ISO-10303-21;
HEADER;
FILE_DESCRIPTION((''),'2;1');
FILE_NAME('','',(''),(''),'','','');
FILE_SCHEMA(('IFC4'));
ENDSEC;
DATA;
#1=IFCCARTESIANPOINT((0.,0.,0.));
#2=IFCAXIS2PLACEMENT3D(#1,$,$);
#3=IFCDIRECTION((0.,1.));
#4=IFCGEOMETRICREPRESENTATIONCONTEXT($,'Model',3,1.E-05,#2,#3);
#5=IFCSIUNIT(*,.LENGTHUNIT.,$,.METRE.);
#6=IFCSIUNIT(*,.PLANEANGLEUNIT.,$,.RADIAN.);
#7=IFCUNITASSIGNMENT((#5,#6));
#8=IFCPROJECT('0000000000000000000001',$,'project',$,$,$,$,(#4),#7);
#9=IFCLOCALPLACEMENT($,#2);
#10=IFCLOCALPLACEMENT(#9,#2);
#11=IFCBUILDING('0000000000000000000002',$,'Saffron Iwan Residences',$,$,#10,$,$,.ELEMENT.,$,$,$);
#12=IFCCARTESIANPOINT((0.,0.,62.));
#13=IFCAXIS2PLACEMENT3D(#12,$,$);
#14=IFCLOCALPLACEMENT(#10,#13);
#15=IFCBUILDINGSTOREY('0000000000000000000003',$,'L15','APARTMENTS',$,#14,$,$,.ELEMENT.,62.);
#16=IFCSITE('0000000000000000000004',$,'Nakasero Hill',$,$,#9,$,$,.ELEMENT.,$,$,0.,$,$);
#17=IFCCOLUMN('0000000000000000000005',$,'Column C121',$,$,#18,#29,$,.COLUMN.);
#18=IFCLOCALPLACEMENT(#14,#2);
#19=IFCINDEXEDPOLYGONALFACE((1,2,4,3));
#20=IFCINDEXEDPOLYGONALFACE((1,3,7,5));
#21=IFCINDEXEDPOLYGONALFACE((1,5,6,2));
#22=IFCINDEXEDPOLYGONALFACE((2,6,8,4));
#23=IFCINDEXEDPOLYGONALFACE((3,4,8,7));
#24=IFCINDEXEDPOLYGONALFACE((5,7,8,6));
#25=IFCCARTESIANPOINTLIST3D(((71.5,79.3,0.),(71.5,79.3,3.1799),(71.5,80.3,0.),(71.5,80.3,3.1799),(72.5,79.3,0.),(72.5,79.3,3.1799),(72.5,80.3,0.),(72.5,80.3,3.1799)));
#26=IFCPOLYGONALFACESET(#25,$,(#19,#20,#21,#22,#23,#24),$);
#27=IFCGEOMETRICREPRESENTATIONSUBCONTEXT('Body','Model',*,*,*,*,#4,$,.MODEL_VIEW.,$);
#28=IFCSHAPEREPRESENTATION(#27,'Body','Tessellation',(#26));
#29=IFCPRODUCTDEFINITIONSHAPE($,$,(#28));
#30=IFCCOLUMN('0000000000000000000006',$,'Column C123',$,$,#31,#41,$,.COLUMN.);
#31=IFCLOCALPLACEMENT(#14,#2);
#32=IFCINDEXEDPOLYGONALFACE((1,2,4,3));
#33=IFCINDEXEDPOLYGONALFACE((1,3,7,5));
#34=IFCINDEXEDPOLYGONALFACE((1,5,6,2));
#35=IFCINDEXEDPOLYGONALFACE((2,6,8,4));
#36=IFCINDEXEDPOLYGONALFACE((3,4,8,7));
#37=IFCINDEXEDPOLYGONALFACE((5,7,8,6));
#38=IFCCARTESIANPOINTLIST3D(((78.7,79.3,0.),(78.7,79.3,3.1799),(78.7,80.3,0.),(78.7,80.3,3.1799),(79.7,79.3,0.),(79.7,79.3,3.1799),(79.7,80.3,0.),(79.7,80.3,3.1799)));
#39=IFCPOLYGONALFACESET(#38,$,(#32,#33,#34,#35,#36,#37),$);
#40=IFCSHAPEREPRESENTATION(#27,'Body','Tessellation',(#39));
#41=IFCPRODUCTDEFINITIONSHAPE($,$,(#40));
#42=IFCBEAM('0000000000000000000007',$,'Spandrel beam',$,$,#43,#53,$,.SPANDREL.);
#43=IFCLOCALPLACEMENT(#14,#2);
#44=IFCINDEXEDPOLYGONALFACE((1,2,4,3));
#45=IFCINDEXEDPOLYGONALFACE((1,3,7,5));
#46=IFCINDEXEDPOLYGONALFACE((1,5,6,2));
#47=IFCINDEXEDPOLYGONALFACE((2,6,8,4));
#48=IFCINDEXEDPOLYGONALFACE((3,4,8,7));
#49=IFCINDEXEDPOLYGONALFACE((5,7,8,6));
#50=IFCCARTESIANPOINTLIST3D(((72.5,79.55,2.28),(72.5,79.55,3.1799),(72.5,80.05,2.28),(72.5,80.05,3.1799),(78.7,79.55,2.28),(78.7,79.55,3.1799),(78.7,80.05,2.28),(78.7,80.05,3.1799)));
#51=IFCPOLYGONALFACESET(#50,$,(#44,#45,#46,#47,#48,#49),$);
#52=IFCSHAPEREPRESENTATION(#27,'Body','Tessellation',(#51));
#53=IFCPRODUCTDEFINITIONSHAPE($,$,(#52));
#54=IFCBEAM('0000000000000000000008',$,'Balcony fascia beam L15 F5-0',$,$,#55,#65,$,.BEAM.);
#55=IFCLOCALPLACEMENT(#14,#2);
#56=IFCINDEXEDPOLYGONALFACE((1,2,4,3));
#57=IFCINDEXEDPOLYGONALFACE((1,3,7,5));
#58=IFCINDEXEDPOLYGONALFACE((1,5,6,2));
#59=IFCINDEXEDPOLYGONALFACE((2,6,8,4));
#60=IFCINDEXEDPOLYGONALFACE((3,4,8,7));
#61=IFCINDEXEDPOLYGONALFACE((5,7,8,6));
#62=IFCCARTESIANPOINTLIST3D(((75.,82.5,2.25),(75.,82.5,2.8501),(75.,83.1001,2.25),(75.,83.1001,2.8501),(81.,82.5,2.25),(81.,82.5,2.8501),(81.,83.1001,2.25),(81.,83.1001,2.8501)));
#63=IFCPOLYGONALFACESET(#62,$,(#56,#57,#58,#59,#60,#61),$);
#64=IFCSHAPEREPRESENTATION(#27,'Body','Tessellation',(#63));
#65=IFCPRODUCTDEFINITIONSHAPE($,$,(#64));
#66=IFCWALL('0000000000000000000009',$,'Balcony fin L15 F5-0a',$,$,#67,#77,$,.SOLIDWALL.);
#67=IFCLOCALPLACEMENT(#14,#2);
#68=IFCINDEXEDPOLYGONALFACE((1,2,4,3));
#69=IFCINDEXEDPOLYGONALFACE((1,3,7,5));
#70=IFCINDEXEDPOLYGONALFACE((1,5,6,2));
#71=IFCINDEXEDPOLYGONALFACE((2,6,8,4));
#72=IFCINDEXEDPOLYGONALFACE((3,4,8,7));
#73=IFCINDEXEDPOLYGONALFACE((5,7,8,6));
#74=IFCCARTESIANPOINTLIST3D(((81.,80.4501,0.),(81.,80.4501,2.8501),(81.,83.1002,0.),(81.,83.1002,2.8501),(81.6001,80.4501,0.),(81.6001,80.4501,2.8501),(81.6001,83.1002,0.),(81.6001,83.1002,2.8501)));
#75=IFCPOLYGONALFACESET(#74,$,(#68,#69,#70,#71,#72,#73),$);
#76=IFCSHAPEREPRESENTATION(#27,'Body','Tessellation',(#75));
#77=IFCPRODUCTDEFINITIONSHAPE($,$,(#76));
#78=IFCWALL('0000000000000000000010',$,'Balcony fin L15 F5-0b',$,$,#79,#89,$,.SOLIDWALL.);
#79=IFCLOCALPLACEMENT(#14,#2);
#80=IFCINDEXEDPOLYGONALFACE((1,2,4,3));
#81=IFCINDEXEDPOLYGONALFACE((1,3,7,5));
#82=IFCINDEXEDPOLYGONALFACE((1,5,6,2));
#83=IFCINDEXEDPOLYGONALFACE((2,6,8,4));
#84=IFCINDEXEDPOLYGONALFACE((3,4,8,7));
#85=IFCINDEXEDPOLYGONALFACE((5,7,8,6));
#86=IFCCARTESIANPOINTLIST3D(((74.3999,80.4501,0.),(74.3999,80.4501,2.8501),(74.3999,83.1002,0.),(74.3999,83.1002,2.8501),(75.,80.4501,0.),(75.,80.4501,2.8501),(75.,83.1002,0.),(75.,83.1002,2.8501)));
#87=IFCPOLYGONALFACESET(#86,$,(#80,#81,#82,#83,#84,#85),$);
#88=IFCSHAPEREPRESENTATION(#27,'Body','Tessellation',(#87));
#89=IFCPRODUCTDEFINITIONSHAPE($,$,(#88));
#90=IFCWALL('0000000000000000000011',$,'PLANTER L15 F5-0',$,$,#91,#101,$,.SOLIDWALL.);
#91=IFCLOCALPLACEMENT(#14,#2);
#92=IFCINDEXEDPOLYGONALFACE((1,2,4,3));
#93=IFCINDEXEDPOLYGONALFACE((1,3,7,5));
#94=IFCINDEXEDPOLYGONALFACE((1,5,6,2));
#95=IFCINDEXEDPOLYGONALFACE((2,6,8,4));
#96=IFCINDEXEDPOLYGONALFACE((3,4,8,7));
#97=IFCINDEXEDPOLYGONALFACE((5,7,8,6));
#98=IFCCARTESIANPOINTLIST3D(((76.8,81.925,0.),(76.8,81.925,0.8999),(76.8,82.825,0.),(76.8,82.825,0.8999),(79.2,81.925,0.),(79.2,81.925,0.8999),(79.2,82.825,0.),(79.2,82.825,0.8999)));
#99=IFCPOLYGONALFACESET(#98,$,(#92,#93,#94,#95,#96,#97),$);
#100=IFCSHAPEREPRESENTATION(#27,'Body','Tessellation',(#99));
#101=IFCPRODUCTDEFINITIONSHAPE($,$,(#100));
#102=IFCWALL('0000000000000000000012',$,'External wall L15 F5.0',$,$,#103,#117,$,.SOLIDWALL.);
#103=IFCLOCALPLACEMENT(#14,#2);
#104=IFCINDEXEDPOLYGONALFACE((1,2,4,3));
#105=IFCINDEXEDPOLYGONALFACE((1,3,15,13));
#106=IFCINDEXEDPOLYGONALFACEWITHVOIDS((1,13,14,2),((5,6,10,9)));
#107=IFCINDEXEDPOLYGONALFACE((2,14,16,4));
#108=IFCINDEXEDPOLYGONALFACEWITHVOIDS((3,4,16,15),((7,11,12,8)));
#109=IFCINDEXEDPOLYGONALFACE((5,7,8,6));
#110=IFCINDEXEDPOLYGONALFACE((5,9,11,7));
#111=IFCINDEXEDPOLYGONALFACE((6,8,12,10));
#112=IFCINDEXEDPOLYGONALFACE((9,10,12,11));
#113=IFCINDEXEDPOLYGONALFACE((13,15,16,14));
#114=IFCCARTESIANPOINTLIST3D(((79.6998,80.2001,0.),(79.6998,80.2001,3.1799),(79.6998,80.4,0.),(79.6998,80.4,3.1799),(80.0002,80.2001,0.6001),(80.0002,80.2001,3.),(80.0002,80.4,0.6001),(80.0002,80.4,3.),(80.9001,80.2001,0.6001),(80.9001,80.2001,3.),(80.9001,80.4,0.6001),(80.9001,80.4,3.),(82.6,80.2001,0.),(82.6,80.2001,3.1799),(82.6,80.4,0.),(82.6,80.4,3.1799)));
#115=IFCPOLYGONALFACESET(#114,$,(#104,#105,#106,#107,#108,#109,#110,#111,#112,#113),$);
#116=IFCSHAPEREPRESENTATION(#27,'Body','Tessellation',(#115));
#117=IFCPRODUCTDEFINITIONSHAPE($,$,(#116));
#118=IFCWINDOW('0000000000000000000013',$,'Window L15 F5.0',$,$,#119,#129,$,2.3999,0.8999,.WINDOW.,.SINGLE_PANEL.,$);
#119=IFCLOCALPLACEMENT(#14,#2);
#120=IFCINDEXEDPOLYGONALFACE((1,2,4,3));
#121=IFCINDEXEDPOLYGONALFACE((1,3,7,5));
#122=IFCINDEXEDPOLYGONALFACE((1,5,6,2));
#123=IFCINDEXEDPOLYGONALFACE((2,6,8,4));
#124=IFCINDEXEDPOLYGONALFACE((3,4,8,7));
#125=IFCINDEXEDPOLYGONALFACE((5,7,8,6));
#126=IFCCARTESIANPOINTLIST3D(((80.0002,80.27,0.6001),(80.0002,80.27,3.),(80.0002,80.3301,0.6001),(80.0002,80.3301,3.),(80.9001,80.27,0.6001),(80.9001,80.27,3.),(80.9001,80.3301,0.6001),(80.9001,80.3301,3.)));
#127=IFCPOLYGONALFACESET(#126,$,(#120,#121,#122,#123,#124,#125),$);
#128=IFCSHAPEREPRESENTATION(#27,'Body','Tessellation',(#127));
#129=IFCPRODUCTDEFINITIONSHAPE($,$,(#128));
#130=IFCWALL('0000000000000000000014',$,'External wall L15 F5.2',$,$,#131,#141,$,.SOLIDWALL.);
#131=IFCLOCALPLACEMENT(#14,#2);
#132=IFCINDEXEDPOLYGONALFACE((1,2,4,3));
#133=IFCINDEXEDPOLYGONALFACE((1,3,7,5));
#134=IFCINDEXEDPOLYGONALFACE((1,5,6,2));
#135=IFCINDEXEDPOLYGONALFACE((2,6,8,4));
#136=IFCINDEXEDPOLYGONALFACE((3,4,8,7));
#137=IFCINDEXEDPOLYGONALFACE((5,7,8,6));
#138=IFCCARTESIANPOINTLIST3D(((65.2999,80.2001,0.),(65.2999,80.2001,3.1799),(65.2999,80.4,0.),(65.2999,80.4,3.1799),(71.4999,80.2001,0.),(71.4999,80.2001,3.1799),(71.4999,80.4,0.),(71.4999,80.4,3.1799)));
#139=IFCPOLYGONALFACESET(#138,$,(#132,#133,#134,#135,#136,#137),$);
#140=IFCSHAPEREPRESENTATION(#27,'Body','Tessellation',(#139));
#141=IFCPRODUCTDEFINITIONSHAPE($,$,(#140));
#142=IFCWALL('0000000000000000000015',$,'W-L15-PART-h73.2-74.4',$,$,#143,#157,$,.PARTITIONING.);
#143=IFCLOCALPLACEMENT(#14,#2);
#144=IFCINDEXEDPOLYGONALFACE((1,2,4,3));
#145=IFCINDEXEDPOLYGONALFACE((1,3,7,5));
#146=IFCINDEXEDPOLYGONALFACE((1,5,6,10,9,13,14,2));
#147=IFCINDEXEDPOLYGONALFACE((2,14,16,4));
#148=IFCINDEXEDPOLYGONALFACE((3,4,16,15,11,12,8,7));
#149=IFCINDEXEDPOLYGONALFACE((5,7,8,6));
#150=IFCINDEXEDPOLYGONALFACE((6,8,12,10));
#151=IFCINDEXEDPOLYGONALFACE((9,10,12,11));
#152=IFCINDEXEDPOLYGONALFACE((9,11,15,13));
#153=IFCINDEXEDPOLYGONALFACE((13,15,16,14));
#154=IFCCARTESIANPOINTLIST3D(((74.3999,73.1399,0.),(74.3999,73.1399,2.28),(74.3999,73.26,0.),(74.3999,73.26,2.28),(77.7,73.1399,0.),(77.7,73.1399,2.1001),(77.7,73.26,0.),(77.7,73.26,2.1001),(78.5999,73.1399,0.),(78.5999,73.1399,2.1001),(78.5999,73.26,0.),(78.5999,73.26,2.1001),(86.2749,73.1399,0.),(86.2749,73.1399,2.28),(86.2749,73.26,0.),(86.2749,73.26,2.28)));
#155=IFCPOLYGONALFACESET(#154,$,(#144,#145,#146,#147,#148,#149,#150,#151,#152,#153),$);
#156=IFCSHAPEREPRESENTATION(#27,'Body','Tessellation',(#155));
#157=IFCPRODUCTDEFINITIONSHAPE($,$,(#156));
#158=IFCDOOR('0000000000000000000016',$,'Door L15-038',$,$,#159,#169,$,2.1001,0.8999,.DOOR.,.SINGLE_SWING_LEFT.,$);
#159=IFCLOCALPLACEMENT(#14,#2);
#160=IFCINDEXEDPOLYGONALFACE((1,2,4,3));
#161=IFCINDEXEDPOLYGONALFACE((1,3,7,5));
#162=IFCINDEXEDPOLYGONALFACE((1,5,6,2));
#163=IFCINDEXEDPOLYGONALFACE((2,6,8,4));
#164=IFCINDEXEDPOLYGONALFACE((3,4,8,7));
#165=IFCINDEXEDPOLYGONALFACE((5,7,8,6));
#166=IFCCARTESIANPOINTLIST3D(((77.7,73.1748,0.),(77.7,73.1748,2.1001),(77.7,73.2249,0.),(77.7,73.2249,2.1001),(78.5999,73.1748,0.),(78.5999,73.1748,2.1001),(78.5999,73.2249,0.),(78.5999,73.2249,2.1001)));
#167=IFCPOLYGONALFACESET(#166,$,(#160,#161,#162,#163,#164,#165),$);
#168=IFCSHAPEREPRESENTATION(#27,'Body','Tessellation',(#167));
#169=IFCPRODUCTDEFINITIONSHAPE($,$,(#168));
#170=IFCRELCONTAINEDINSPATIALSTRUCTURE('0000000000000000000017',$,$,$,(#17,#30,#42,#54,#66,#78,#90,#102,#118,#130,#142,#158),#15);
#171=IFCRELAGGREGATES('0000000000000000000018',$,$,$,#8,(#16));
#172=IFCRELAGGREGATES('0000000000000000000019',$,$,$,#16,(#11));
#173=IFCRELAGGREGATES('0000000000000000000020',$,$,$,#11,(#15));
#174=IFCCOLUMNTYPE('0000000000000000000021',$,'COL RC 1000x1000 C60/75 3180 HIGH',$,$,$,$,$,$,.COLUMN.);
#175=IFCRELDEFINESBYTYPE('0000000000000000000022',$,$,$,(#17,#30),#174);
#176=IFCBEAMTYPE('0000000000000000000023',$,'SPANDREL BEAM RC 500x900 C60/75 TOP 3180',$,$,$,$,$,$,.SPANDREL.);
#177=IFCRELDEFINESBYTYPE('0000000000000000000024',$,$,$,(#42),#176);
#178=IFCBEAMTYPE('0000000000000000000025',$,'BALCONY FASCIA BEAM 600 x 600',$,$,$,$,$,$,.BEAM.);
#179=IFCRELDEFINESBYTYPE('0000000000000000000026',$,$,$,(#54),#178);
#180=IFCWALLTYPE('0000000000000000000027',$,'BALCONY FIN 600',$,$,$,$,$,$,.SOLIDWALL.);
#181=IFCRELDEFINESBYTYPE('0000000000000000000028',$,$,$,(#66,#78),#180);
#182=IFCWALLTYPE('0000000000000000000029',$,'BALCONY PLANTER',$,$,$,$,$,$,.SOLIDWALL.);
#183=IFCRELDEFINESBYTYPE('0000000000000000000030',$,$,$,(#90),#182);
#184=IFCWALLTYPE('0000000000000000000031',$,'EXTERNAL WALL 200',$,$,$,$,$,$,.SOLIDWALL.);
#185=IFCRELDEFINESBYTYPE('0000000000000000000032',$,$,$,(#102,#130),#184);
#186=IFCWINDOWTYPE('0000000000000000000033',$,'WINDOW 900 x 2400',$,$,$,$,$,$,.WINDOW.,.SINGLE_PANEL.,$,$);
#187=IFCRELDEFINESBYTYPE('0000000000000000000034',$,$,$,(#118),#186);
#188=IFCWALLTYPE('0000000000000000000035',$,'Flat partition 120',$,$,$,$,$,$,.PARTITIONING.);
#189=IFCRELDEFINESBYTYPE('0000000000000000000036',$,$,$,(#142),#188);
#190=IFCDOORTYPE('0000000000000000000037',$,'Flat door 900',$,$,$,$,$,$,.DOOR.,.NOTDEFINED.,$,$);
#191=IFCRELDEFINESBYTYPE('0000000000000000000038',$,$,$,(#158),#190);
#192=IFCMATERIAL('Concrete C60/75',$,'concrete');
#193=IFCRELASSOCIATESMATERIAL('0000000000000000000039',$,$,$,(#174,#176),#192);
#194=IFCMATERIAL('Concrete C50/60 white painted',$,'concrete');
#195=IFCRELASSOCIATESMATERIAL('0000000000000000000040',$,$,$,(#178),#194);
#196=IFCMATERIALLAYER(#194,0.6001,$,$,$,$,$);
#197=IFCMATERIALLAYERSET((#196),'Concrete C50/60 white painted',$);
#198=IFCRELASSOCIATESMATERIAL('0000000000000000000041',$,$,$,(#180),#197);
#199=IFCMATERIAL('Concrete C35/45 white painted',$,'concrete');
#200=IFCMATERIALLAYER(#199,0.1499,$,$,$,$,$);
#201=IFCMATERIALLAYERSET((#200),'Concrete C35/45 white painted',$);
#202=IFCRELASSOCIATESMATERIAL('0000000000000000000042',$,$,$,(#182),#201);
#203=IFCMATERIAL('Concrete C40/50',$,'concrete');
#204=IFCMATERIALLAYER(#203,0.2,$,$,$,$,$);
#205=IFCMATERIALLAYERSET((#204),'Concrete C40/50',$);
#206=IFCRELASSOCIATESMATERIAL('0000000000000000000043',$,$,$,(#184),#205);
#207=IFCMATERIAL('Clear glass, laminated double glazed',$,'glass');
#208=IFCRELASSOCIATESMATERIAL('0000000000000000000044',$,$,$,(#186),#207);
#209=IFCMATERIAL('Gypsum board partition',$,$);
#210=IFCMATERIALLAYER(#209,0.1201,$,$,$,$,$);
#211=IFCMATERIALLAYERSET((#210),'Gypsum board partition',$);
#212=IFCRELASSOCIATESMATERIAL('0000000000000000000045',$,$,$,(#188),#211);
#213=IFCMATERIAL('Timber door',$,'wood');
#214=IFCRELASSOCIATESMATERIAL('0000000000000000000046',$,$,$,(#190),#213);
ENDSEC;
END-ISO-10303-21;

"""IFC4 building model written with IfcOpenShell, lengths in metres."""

from ifc_helpers import new_model, si_unit, direction, frame, frame_2d, origin, origin_2d, place, context, subcontext, project, spatial, rectangle, extrude, source, transform, mapped, material, layer, layer_set, material_profile, profile_set, type_object, element, fill, save


model = new_model("IFC4")

# Units and contexts
model_context = context("Model", 3, precision=1e-05, world=origin(), true_north=direction((0.0, 1.0)))
body_context = subcontext(model_context, "Body", "Model", "MODEL_VIEW")
ifc_project = project(units=[si_unit("LENGTHUNIT", "METRE"), si_unit("PLANEANGLEUNIT", "RADIAN")], contexts=[model_context])

# Site, building, storey
site_placement = place(None, origin())
site = spatial("IfcSite", under=ifc_project, at=site_placement, Name="Nakasero Hill", CompositionType="ELEMENT", RefElevation=0.0)
building_placement = place(site_placement, origin())
building = spatial("IfcBuilding", under=site, at=building_placement, Name="Saffron Iwan Residences", CompositionType="ELEMENT")
storey_placement = place(building_placement, frame((0.0, 0.0, 62.0)))
storey = spatial("IfcBuildingStorey", under=building, at=storey_placement, Name="L15", Description="APARTMENTS", CompositionType="ELEMENT", Elevation=62.0)

# Columns
ifc_material_1 = material(Name="Concrete C60/75", Category="concrete")
ifc_material_profile_1 = material_profile(ifc_material_1, rectangle(XDim=1.0, YDim=1.0, at=origin_2d()), Name="RC 1000x1000")
ifc_profile_set_1 = profile_set([ifc_material_profile_1], Name="Concrete C60/75")
column_type = type_object("IfcColumnType", Name="COL RC 1000x1000 C60/75 3180 HIGH", PredefinedType="COLUMN", material=ifc_profile_set_1)
shared_shape_1 = source(origin(), body_context, "Body", "SweptSolid", [
    extrude(rectangle(XDim=1.0, YDim=1.0, at=origin_2d()), origin(), (0.0, 0.0, 1.0), 3.1799),
])
for number, where, z_axis, x_axis, name in (
    (1, (72.0, 79.8, 0.0), (0.0, 0.0, 1.0), (1.0, 0.0, 0.0), "Column C121"),
    (2, (79.2, 79.8, 0.0), (0.0, 0.0, 1.0), (1.0, 0.0, 0.0), "Column C123"),
):
    element("IfcColumn", number, at=place(storey_placement, frame(where, z_axis=z_axis, x_axis=x_axis)), inside=storey, type_object=column_type, Name=name, PredefinedType="COLUMN", context=body_context, shape_type="MappedRepresentation", body=[
        mapped(shared_shape_1, transform((0.0, 0.0, 0.0))),
    ])

# Beams
ifc_material_profile_2 = material_profile(ifc_material_1, rectangle(XDim=0.5, YDim=0.8999, at=origin_2d()), Name="RC 500x900")
ifc_profile_set_2 = profile_set([ifc_material_profile_2], Name="Concrete C60/75")
beam_type_1 = type_object("IfcBeamType", Name="SPANDREL BEAM RC 500x900 C60/75 TOP 3180", PredefinedType="SPANDREL", material=ifc_profile_set_2)
shared_shape_2 = source(origin(), body_context, "Body", "SweptSolid", [
    extrude(rectangle(XDim=0.5, YDim=0.8999, at=origin_2d()), origin(), (0.0, 0.0, 1.0), 6.2),
])
beam_1_placement = place(storey_placement, frame((72.5, 79.8, 2.73), z_axis=(1.0, 0.0, 0.0), x_axis=(0.0, 1.0, 0.0)))
element("IfcBeam", 3, at=beam_1_placement, inside=storey, type_object=beam_type_1, Name="Spandrel beam", PredefinedType="SPANDREL", context=body_context, shape_type="MappedRepresentation", body=[
    mapped(shared_shape_2, transform((0.0, 0.0, 0.0))),
])
ifc_material_2 = material(Name="Concrete C50/60 white painted", Category="concrete")
ifc_material_profile_3 = material_profile(ifc_material_2, rectangle(XDim=0.6001, YDim=0.6001, at=origin_2d()), Name="BALCONY FASCIA BEAM 600 x 600")
ifc_profile_set_3 = profile_set([ifc_material_profile_3], Name="Concrete C50/60 white painted")
beam_type_2 = type_object("IfcBeamType", Name="BALCONY FASCIA BEAM 600 x 600", PredefinedType="BEAM", material=ifc_profile_set_3)
shared_shape_3 = source(origin(), body_context, "Body", "SweptSolid", [
    extrude(rectangle(XDim=0.6001, YDim=0.6001, at=origin_2d()), origin(), (0.0, 0.0, 1.0), 6.0),
])
beam_2_placement = place(storey_placement, frame((81.0, 82.8, 2.55), z_axis=(-1.0, 0.0, 0.0), x_axis=(0.0, -1.0, 0.0)))
element("IfcBeam", 4, at=beam_2_placement, inside=storey, type_object=beam_type_2, Name="Balcony fascia beam L15 F5-0", PredefinedType="BEAM", context=body_context, shape_type="MappedRepresentation", body=[
    mapped(shared_shape_3, transform((0.0, 0.0, 0.0))),
])

# Walls
ifc_layer_1 = layer(ifc_material_2, 0.6001)
ifc_layer_set_1 = layer_set([ifc_layer_1], Name="Concrete C50/60 white painted")
wall_type_1 = type_object("IfcWallType", Name="BALCONY FIN 600", PredefinedType="SOLIDWALL", material=ifc_layer_set_1)
for number, where, z_axis, x_axis, name in (
    (5, (81.3, 80.45, 0.0), (0.0, 0.0, 1.0), (0.0, 1.0, 0.0), "Balcony fin L15 F5-0a"),
    (6, (74.7, 80.45, 0.0), (0.0, 0.0, 1.0), (0.0, 1.0, 0.0), "Balcony fin L15 F5-0b"),
):
    element("IfcWall", number, at=place(storey_placement, frame(where, z_axis=z_axis, x_axis=x_axis)), inside=storey, type_object=wall_type_1, Name=name, PredefinedType="SOLIDWALL", context=body_context, shape_type="SweptSolid", body=[
        extrude(rectangle(XDim=2.6501, YDim=0.6001, at=frame_2d((1.3252, 0.0))), origin(), (0.0, 0.0, 1.0), 2.8501),
    ])
ifc_material_3 = material(Name="Concrete C35/45 white painted", Category="concrete")
ifc_layer_2 = layer(ifc_material_3, 0.1499)
ifc_layer_set_2 = layer_set([ifc_layer_2], Name="Concrete C35/45 white painted")
wall_type_2 = type_object("IfcWallType", Name="BALCONY PLANTER", PredefinedType="SOLIDWALL", material=ifc_layer_set_2)
wall_1_placement = place(storey_placement, frame((79.2, 82.375, 0.0), z_axis=(0.0, 0.0, 1.0), x_axis=(-1.0, 0.0, 0.0)))
element("IfcWall", 7, at=wall_1_placement, inside=storey, type_object=wall_type_2, Name="PLANTER L15 F5-0", PredefinedType="SOLIDWALL", context=body_context, shape_type="SweptSolid", body=[
    extrude(rectangle(XDim=2.3999, YDim=0.8999, at=frame_2d((1.2, 0.0))), origin(), (0.0, 0.0, 1.0), 0.8999),
])

# Wall, opening, window
ifc_material_4 = material(Name="Concrete C40/50", Category="concrete")
ifc_layer_3 = layer(ifc_material_4, 0.2)
ifc_layer_set_3 = layer_set([ifc_layer_3], Name="Concrete C40/50")
wall_type_3 = type_object("IfcWallType", Name="EXTERNAL WALL 200", PredefinedType="SOLIDWALL", material=ifc_layer_set_3)
wall_2_placement = place(storey_placement, frame((82.6001, 80.3, 0.0), z_axis=(0.0, 0.0, 1.0), x_axis=(-1.0, 0.0, 0.0)))
wall_2 = element("IfcWall", 8, at=wall_2_placement, inside=storey, type_object=wall_type_3, Name="External wall L15 F5.0", PredefinedType="SOLIDWALL", context=body_context, shape_type="SweptSolid", body=[
    extrude(rectangle(XDim=2.9001, YDim=0.2, at=frame_2d((1.4502, 0.0))), origin(), (0.0, 0.0, 1.0), 3.1799),
])
opening_1_placement = place(wall_2_placement, frame((1.7, 0.0, 0.6001)))
opening_1 = element("IfcOpeningElement", 9, at=opening_1_placement, cuts=wall_2, PredefinedType="OPENING", context=body_context, shape_type="SweptSolid", body=[
    extrude(rectangle(XDim=0.8999, YDim=2.3999, at=frame_2d((0.45, 1.2))), frame((0.0, 0.1099, 0.0), z_axis=(0.0, -1.0, 0.0), x_axis=(1.0, 0.0, 0.0)), (0.0, 0.0, 1.0), 0.22),
])
ifc_material_5 = material(Name="Clear glass, laminated double glazed", Category="glass")
window_type_1 = type_object("IfcWindowType", Name="WINDOW 900 x 2400", PartitioningType="SINGLE_PANEL", PredefinedType="WINDOW", material=ifc_material_5)
window_1_placement = place(opening_1_placement, origin())
window_1 = element("IfcWindow", 10, at=window_1_placement, inside=storey, type_object=window_type_1, Name="Window L15 F5.0", OverallHeight=2.3999, OverallWidth=0.8999, PartitioningType="SINGLE_PANEL", PredefinedType="WINDOW", context=body_context, shape_type="SweptSolid", body=[
    extrude(rectangle(XDim=0.8999, YDim=2.3999, at=frame_2d((0.45, 1.2))), frame((0.0, 0.03, 0.0), z_axis=(0.0, -1.0, 0.0), x_axis=(1.0, 0.0, 0.0)), (0.0, 0.0, 1.0), 0.0601),
])
fill(opening_1, window_1)

# Wall
wall_3_placement = place(storey_placement, frame((71.5, 80.3, 0.0), z_axis=(0.0, 0.0, 1.0), x_axis=(-1.0, 0.0, 0.0)))
element("IfcWall", 11, at=wall_3_placement, inside=storey, type_object=wall_type_3, Name="External wall L15 F5.2", PredefinedType="SOLIDWALL", context=body_context, shape_type="SweptSolid", body=[
    extrude(rectangle(XDim=6.2, YDim=0.2, at=frame_2d((3.1001, 0.0))), origin(), (0.0, 0.0, 1.0), 3.1799),
])

# Wall, opening, door
ifc_material_6 = material(Name="Gypsum board partition")
ifc_layer_4 = layer(ifc_material_6, 0.1201)
ifc_layer_set_4 = layer_set([ifc_layer_4], Name="Gypsum board partition")
wall_type_4 = type_object("IfcWallType", Name="Flat partition 120", PredefinedType="PARTITIONING", material=ifc_layer_set_4)
wall_4_placement = place(storey_placement, frame((74.3999, 73.2, 0.0), z_axis=(0.0, 0.0, 1.0), x_axis=(1.0, 0.0, 0.0)))
wall_4 = element("IfcWall", 12, at=wall_4_placement, inside=storey, type_object=wall_type_4, Name="W-L15-PART-h73.2-74.4", PredefinedType="PARTITIONING", context=body_context, shape_type="SweptSolid", body=[
    extrude(rectangle(XDim=11.875, YDim=0.1201, at=frame_2d((5.9375, 0.0))), origin(), (0.0, 0.0, 1.0), 2.28),
])
opening_2_placement = place(wall_4_placement, frame((3.3, 0.0, 0.0)))
opening_2 = element("IfcOpeningElement", 13, at=opening_2_placement, cuts=wall_4, PredefinedType="OPENING", context=body_context, shape_type="SweptSolid", body=[
    extrude(rectangle(XDim=0.8999, YDim=2.1001, at=frame_2d((0.45, 1.05))), frame((0.0, 0.0701, 0.0), z_axis=(0.0, -1.0, 0.0), x_axis=(1.0, 0.0, 0.0)), (0.0, 0.0, 1.0), 0.1401),
])
ifc_material_7 = material(Name="Timber door", Category="wood")
door_type_1 = type_object("IfcDoorType", Name="Flat door 900", OperationType="NOTDEFINED", PredefinedType="DOOR", material=ifc_material_7)
door_1_placement = place(opening_2_placement, origin())
door_1 = element("IfcDoor", 14, at=door_1_placement, inside=storey, type_object=door_type_1, Name="Door L15-038", OperationType="SINGLE_SWING_LEFT", OverallHeight=2.1001, OverallWidth=0.8999, PredefinedType="DOOR", context=body_context, shape_type="SweptSolid", body=[
    extrude(rectangle(XDim=0.8999, YDim=2.1001, at=frame_2d((0.45, 1.05))), frame((0.0, 0.0249, 0.0), z_axis=(0.0, -1.0, 0.0), x_axis=(1.0, 0.0, 0.0)), (0.0, 0.0, 1.0), 0.05),
])
fill(opening_2, door_1)

save(model, "model.ifc")
